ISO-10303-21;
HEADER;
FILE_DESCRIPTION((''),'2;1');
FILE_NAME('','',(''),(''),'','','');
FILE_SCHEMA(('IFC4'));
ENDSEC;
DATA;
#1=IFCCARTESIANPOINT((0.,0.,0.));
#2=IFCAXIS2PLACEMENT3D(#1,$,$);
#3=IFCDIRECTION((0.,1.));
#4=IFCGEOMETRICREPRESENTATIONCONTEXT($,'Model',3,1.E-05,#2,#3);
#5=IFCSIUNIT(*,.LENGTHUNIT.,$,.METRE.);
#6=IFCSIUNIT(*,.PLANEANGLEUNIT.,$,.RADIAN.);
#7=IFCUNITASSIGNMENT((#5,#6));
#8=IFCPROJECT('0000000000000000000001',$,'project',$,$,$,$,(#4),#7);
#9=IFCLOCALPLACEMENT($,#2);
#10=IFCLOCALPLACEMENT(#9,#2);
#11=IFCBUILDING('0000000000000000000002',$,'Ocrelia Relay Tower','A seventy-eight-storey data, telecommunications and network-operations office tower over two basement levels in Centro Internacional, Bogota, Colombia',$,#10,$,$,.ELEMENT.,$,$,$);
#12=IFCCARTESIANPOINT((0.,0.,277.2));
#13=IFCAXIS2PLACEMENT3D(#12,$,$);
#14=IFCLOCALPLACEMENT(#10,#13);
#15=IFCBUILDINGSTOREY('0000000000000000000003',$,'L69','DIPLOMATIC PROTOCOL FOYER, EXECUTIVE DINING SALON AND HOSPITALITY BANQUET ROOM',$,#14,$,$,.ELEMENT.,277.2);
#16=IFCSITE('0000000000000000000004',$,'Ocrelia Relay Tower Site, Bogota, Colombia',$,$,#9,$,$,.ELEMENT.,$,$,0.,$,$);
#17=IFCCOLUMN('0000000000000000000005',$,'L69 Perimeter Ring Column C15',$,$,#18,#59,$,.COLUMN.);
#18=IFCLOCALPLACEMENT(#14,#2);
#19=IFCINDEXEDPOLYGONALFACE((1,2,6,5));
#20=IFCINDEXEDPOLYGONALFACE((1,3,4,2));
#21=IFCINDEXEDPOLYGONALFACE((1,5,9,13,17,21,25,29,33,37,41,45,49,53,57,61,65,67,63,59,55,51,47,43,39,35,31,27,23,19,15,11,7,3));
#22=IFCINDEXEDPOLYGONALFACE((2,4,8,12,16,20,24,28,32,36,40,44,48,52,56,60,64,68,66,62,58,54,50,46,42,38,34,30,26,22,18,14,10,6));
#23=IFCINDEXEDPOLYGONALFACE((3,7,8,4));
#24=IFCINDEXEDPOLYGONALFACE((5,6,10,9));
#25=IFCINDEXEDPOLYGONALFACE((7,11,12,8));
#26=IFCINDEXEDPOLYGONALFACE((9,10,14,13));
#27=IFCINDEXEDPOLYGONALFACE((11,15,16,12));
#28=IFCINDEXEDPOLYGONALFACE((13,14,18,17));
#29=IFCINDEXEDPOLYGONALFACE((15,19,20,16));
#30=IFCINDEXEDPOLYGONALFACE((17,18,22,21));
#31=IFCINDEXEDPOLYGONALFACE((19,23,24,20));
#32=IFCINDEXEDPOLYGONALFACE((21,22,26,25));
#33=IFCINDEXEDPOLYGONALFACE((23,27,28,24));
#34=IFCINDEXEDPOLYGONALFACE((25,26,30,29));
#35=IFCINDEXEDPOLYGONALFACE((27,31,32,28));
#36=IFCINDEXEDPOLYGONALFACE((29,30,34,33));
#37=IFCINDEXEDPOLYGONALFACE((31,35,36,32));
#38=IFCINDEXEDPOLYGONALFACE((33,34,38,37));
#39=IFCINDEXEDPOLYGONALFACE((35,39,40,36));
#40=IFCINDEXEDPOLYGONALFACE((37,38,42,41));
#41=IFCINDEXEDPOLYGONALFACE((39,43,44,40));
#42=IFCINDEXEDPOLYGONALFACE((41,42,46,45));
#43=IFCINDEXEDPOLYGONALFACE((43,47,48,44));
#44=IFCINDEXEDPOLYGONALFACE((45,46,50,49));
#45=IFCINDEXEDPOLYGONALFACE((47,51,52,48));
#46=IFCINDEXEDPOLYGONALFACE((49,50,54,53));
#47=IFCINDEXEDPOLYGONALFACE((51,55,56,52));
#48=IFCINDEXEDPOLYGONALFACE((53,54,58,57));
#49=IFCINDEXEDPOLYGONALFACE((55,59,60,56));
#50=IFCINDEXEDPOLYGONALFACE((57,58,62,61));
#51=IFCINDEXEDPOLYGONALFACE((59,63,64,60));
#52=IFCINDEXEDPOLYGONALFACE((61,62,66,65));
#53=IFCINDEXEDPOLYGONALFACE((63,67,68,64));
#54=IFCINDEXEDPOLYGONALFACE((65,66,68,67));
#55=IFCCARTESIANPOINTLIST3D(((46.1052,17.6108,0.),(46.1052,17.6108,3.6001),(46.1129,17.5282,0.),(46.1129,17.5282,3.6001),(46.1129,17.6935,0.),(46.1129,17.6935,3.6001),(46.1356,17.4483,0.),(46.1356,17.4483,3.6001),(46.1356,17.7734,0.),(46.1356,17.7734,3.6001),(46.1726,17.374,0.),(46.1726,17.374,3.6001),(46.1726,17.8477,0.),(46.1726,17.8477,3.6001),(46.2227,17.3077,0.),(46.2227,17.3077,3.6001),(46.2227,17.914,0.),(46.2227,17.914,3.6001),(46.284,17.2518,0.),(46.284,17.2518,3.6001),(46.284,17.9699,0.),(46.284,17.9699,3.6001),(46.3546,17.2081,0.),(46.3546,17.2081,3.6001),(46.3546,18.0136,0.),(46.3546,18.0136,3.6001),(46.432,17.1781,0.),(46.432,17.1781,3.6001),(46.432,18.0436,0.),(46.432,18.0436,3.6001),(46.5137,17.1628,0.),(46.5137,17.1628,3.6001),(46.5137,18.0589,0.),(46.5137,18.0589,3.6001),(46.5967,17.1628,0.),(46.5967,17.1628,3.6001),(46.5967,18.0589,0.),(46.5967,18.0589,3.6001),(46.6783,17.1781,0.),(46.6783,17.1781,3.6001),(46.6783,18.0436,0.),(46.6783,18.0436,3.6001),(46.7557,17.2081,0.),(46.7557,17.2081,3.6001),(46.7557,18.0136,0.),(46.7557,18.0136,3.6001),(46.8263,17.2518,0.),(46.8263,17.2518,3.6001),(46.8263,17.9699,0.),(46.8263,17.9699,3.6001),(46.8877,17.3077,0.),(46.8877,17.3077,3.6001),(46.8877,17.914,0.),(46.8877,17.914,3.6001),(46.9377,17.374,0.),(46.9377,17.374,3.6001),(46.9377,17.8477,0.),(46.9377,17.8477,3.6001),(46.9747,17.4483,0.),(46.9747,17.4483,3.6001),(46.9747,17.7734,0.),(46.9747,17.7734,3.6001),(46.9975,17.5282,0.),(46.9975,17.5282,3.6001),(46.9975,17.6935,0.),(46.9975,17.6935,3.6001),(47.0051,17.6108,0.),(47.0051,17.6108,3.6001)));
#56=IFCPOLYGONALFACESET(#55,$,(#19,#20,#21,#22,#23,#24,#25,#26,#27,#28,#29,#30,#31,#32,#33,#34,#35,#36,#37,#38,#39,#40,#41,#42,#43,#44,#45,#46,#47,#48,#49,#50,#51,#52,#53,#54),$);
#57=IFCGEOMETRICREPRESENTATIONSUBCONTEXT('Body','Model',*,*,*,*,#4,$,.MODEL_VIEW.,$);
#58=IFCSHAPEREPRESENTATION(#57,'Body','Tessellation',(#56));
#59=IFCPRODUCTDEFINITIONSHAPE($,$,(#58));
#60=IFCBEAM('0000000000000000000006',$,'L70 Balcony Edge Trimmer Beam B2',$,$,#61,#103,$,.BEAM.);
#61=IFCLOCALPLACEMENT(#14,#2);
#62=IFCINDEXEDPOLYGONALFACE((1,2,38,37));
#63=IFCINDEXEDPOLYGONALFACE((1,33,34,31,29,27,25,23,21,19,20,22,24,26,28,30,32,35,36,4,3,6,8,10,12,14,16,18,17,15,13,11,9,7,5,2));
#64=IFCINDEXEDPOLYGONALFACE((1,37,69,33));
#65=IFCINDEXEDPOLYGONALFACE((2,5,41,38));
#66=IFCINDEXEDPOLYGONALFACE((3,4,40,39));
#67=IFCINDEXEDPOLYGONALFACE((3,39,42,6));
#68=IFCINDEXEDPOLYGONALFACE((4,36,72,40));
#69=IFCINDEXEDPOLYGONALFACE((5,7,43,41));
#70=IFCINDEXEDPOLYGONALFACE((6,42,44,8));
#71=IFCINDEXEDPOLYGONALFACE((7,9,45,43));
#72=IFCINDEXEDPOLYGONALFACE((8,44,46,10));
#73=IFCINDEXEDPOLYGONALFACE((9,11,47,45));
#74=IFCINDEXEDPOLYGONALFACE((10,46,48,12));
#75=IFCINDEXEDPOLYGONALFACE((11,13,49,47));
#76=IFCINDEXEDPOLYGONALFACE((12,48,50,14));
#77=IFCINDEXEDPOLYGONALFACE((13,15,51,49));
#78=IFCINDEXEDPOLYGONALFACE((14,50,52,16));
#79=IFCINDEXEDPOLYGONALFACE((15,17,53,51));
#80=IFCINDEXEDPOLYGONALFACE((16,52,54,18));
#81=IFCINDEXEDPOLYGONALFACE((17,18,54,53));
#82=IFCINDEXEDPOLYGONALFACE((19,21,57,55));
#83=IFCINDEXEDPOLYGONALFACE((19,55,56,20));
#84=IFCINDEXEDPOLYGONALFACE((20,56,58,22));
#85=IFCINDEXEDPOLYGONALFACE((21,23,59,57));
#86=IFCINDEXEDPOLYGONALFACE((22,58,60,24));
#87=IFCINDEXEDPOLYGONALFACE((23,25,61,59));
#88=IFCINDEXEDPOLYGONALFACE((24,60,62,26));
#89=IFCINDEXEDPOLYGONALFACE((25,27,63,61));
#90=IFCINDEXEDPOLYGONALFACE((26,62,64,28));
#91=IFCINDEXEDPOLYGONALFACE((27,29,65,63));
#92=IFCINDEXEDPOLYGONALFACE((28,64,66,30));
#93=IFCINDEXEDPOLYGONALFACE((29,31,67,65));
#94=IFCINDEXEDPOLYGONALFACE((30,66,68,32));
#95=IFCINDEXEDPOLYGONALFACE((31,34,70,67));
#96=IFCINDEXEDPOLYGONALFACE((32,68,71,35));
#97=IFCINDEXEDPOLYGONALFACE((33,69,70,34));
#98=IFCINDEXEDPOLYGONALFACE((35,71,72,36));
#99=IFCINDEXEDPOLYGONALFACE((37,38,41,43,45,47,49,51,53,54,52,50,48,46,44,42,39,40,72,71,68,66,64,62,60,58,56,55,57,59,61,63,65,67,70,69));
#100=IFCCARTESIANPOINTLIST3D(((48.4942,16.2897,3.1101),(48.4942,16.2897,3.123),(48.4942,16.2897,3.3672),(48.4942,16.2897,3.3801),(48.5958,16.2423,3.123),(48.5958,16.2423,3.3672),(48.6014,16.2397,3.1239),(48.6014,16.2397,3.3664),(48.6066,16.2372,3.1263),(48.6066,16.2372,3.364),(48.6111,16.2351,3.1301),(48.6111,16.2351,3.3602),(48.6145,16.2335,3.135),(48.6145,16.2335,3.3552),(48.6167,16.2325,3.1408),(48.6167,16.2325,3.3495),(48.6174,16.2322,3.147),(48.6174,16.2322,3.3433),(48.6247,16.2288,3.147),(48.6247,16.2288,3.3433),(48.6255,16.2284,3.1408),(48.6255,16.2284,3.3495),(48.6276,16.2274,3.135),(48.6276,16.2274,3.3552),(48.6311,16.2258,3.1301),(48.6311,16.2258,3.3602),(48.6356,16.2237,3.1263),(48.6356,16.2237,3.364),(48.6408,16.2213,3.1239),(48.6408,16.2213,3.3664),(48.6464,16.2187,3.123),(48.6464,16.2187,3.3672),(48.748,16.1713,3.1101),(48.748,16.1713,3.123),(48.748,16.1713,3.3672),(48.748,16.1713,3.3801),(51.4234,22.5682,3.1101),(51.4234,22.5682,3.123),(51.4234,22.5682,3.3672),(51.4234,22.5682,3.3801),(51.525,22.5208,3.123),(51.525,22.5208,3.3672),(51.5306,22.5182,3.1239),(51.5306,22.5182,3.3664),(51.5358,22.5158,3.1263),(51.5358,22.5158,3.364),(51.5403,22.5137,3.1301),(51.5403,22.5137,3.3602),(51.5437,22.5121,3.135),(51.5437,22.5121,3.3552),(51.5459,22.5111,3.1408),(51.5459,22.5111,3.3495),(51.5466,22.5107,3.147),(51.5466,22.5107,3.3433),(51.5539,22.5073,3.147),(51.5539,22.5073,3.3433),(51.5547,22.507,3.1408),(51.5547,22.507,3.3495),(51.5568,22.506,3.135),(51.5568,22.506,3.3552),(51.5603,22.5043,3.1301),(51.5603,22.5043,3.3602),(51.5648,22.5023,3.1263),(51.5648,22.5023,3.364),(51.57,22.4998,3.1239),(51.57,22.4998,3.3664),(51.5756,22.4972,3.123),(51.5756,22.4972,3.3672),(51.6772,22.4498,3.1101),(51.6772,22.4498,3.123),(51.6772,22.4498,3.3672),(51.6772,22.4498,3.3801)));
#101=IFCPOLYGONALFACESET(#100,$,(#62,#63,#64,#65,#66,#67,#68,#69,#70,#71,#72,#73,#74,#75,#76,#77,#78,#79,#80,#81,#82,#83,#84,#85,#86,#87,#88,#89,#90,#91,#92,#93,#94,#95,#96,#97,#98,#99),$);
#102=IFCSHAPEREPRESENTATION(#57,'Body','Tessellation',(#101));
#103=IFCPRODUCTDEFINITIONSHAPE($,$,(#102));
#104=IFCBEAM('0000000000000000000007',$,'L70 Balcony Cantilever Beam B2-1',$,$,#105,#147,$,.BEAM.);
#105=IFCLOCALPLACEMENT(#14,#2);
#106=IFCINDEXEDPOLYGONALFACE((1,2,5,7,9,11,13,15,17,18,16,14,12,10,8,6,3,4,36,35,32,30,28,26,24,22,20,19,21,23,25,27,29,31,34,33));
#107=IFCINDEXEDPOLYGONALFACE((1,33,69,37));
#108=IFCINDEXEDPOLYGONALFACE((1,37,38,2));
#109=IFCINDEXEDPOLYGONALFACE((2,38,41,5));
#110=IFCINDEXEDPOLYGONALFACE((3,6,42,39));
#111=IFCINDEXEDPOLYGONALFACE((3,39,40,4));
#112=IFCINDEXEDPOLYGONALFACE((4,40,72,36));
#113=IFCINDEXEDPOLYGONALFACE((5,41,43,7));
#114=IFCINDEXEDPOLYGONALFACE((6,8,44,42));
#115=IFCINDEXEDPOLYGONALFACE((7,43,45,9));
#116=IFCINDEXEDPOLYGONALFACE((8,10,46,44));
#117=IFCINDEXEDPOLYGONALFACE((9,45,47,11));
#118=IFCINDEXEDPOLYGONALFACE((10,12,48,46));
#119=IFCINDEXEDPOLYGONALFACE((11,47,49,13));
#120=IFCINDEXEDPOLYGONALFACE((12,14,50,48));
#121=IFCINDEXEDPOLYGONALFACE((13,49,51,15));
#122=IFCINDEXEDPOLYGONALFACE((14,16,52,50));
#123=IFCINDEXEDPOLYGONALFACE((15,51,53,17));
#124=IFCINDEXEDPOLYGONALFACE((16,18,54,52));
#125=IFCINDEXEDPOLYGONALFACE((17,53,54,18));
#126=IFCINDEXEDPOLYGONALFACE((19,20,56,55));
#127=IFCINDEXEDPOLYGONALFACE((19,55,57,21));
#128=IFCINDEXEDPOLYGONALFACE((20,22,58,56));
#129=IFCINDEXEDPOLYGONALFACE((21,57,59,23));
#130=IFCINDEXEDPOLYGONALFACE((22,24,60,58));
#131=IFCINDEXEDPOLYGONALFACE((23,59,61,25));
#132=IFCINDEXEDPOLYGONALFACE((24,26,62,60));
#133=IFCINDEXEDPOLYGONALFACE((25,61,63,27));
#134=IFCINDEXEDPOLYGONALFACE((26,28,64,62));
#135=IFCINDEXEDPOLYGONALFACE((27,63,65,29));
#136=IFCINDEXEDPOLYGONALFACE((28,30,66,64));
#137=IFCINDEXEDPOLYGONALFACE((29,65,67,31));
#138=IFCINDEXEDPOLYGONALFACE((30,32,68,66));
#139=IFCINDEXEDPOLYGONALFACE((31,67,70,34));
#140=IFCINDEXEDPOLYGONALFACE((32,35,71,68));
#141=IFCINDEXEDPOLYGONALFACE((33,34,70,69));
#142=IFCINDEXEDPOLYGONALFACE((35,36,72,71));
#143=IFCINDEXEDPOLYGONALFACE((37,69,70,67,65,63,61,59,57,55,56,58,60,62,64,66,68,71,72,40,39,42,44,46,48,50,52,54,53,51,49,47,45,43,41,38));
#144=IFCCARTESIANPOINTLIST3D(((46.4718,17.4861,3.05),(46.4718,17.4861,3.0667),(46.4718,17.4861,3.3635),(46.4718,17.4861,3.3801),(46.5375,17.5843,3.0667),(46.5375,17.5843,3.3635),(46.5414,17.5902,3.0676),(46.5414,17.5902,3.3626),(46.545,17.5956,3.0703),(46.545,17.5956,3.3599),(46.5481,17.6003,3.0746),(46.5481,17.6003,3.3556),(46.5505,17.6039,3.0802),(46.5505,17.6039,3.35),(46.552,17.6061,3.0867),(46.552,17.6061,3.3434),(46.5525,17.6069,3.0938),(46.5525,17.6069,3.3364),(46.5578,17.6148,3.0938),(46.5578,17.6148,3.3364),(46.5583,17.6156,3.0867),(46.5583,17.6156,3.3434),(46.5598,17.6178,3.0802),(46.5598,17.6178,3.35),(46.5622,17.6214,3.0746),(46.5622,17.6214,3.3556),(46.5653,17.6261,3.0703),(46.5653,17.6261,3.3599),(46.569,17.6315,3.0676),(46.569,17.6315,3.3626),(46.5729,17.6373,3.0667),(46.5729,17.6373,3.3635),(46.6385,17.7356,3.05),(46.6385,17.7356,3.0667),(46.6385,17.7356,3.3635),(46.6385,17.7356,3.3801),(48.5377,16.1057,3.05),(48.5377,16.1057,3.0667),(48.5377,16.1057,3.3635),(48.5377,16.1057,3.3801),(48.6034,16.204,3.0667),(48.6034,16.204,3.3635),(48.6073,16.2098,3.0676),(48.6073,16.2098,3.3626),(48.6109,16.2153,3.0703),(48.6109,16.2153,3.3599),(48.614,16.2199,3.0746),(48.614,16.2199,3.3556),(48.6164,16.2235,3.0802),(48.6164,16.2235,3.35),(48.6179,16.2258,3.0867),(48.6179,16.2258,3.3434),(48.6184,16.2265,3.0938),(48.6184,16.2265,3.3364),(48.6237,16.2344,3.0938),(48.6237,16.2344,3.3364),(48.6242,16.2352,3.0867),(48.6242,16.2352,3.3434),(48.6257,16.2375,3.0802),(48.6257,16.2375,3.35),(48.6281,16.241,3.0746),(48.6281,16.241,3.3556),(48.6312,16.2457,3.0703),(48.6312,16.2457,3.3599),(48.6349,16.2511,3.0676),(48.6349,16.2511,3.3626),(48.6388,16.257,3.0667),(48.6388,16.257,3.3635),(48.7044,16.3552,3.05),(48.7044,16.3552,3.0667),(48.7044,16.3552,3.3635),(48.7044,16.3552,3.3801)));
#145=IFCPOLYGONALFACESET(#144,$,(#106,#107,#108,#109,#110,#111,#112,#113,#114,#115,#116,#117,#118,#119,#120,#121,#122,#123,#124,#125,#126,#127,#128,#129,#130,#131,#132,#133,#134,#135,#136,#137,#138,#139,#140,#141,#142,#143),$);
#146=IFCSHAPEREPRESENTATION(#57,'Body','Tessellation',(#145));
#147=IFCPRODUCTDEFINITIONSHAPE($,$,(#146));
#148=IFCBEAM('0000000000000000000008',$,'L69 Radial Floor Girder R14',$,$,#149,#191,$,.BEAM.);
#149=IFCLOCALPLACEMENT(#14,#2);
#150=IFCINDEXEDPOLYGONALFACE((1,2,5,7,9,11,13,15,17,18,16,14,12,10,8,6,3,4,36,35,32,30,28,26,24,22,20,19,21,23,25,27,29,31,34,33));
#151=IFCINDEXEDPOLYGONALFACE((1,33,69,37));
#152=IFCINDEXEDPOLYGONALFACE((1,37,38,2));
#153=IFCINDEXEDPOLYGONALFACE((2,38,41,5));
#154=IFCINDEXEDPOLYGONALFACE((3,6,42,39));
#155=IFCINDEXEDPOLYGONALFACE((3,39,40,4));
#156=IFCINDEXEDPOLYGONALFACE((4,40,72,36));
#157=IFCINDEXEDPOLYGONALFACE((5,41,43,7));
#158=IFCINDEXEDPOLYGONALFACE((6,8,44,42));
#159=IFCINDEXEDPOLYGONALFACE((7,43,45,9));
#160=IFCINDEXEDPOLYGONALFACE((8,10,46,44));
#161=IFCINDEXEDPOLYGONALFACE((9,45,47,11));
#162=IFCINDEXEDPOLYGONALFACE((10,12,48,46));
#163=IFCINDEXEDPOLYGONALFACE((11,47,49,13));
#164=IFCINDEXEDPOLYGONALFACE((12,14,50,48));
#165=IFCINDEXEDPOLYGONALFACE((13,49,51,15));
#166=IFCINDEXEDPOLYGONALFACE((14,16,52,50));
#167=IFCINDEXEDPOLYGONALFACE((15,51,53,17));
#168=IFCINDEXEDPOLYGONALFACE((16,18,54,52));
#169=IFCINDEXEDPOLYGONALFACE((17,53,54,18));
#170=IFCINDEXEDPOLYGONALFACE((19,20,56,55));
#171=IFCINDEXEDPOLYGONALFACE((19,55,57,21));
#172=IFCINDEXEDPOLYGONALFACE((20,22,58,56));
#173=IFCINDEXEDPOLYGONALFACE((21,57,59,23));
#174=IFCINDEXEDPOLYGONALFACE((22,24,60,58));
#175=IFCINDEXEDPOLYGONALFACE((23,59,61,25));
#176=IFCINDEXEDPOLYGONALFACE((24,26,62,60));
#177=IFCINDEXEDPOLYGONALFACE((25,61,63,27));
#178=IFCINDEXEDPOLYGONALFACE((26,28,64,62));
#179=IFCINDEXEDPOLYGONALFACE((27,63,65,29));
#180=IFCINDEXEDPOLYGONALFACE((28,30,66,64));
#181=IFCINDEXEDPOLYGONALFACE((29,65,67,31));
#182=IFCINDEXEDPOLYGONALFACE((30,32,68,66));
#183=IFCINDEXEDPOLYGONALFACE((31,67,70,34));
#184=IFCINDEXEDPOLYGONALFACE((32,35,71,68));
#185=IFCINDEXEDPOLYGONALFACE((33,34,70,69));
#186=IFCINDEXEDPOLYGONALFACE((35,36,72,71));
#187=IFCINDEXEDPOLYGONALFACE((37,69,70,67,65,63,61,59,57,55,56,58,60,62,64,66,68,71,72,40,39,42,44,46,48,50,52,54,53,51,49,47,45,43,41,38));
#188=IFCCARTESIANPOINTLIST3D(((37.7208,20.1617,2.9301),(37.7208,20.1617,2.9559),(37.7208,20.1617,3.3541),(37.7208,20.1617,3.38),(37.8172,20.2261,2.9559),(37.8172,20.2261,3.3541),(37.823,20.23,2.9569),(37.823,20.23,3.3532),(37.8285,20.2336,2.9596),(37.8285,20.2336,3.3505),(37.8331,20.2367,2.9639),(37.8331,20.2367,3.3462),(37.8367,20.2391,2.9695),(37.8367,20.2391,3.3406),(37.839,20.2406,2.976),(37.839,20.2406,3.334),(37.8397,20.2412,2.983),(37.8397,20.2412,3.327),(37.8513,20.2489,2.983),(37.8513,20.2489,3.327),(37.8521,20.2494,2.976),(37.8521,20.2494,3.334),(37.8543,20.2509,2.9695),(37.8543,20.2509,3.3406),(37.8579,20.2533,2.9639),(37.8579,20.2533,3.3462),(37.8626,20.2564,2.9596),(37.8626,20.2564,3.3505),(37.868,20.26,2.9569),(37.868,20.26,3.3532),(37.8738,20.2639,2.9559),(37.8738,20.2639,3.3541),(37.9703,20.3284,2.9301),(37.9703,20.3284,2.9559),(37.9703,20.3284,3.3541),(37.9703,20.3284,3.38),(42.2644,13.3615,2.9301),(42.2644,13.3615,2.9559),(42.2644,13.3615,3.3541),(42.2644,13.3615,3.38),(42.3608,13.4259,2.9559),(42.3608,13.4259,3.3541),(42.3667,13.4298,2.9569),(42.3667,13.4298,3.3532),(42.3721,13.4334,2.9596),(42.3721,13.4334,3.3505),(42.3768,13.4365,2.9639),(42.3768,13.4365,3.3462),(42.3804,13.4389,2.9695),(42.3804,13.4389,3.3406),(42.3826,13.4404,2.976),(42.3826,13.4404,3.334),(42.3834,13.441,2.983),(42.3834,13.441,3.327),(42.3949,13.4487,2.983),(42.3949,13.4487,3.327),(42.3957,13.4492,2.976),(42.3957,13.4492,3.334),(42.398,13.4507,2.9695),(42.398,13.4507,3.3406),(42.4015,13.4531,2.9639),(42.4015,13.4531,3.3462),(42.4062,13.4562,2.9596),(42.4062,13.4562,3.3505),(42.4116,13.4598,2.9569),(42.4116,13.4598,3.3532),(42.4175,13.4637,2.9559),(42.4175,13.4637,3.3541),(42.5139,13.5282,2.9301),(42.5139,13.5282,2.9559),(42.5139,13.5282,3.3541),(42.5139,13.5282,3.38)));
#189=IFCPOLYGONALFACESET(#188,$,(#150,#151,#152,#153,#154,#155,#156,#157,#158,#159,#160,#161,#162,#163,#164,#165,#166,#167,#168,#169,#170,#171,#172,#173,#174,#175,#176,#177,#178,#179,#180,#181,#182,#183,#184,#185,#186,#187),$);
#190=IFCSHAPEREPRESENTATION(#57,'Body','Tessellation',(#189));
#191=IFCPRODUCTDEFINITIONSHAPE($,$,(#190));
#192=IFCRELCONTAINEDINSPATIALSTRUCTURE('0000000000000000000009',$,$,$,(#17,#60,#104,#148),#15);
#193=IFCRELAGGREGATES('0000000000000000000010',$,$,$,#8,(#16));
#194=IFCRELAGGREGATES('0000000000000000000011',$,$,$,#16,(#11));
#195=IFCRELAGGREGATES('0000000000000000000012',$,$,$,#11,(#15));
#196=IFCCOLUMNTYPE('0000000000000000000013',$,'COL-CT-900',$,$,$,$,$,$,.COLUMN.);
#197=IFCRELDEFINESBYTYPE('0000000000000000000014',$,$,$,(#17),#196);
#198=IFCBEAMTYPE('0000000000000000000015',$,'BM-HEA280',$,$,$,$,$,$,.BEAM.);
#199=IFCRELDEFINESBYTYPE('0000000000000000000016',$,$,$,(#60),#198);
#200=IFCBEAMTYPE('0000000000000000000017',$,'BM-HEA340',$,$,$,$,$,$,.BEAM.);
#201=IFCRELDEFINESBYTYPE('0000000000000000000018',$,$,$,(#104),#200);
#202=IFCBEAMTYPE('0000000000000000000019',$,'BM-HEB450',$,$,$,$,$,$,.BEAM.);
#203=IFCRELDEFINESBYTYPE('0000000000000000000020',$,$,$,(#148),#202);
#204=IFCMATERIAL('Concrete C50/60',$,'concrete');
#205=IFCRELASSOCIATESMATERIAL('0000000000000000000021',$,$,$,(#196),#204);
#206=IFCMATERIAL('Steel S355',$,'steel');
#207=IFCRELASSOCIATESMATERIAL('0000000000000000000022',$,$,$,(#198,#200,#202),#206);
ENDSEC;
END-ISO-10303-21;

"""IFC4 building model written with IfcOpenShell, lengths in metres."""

from ifc_helpers import new_model, si_unit, direction, frame, origin, origin_2d, place, context, subcontext, project, spatial, circle, i_section, extrude, material, material_profile, profile_set, type_object, element, save


model = new_model("IFC4")

# Units and contexts
model_context = context("Model", 3, precision=1e-05, world=origin(), true_north=direction((0.0, 1.0)))
body_context = subcontext(model_context, "Body", "Model", "MODEL_VIEW")
ifc_project = project(units=[si_unit("LENGTHUNIT", "METRE"), si_unit("PLANEANGLEUNIT", "RADIAN")], contexts=[model_context])

# Site, building, storey
site_placement = place(None, origin())
site = spatial("IfcSite", under=ifc_project, at=site_placement, Name="Ocrelia Relay Tower Site, Bogota, Colombia", CompositionType="ELEMENT", RefElevation=0.0)
building_placement = place(site_placement, origin())
building = spatial("IfcBuilding", under=site, at=building_placement, Name="Ocrelia Relay Tower", Description="A seventy-eight-storey data, telecommunications and network-operations office tower over two basement levels in Centro Internacional, Bogota, Colombia", CompositionType="ELEMENT")
storey_placement = place(building_placement, frame((0.0, 0.0, 277.2)))
storey = spatial("IfcBuildingStorey", under=building, at=storey_placement, Name="L69", Description="DIPLOMATIC PROTOCOL FOYER, EXECUTIVE DINING SALON AND HOSPITALITY BANQUET ROOM", CompositionType="ELEMENT", Elevation=277.2)

# Column
ifc_material_1 = material(Name="Concrete C50/60", Category="concrete")
ifc_material_profile_1 = material_profile(ifc_material_1, circle(Radius=0.45, at=origin_2d()), Name="RC-CIR-900")
ifc_profile_set_1 = profile_set([ifc_material_profile_1], Name="Concrete C50/60")
column_type = type_object("IfcColumnType", Name="COL-CT-900", PredefinedType="COLUMN", material=ifc_profile_set_1)
column_placement = place(storey_placement, frame((46.5552, 17.6108, 0.0), z_axis=(0.0, 0.0, 1.0), x_axis=(1.0, 0.0, 0.0)))
element("IfcColumn", 1, at=column_placement, inside=storey, type_object=column_type, Name="L69 Perimeter Ring Column C15", PredefinedType="COLUMN", context=body_context, shape_type="SweptSolid", body=[
    extrude(circle(Radius=0.45, at=origin_2d()), origin(), (0.0, 0.0, 1.0), 3.6001),
])

# Beams
ifc_material_2 = material(Name="Steel S355", Category="steel")
ifc_material_profile_2 = material_profile(ifc_material_2, i_section(OverallWidth=0.28, OverallDepth=0.27, WebThickness=0.0081, FlangeThickness=0.0129, FilletRadius=0.0239, at=origin_2d()), Name="HEA 280")
ifc_profile_set_2 = profile_set([ifc_material_profile_2], Name="Steel S355")
beam_type_1 = type_object("IfcBeamType", Name="BM-HEA280", PredefinedType="BEAM", material=ifc_profile_set_2)
beam_1_placement = place(storey_placement, frame((48.6211, 16.2305, 3.2451), z_axis=(0.422791, 0.906227, 0.0), x_axis=(-0.906227, 0.422791, 0.0)))
element("IfcBeam", 2, at=beam_1_placement, inside=storey, type_object=beam_type_1, Name="L70 Balcony Edge Trimmer Beam B2", PredefinedType="BEAM", context=body_context, shape_type="SweptSolid", body=[
    extrude(i_section(OverallWidth=0.28, OverallDepth=0.27, WebThickness=0.0081, FlangeThickness=0.0129, FilletRadius=0.0239, at=origin_2d()), origin(), (0.0, 0.0, 1.0), 6.9282),
])
ifc_material_profile_3 = material_profile(ifc_material_2, i_section(OverallWidth=0.3, OverallDepth=0.3301, WebThickness=0.0095, FlangeThickness=0.0166, FilletRadius=0.0271, at=origin_2d()), Name="HEA 340")
ifc_profile_set_3 = profile_set([ifc_material_profile_3], Name="Steel S355")
beam_type_2 = type_object("IfcBeamType", Name="BM-HEA340", PredefinedType="BEAM", material=ifc_profile_set_3)
beam_2_placement = place(storey_placement, frame((46.5552, 17.6108, 3.2151), z_axis=(0.831475, -0.555562, 0.0), x_axis=(0.555562, 0.831475, 0.0)))
element("IfcBeam", 3, at=beam_2_placement, inside=storey, type_object=beam_type_2, Name="L70 Balcony Cantilever Beam B2-1", PredefinedType="BEAM", context=body_context, shape_type="SweptSolid", body=[
    extrude(i_section(OverallWidth=0.3, OverallDepth=0.3301, WebThickness=0.0095, FlangeThickness=0.0166, FilletRadius=0.0271, at=origin_2d()), origin(), (0.0, 0.0, 1.0), 2.4846),
])
ifc_material_profile_4 = material_profile(ifc_material_2, i_section(OverallWidth=0.3, OverallDepth=0.45, WebThickness=0.0139, FlangeThickness=0.0259, FilletRadius=0.0271, at=origin_2d()), Name="HEB 450")
ifc_profile_set_4 = profile_set([ifc_material_profile_4], Name="Steel S355")
beam_type_3 = type_object("IfcBeamType", Name="BM-HEB450", PredefinedType="BEAM", material=ifc_profile_set_4)
beam_3_placement = place(storey_placement, frame((42.3892, 13.4448, 3.155), z_axis=(-0.555561, 0.831476, 0.0), x_axis=(-0.831476, -0.555561, 0.0)))
element("IfcBeam", 4, at=beam_3_placement, inside=storey, type_object=beam_type_3, Name="L69 Radial Floor Girder R14", PredefinedType="BEAM", context=body_context, shape_type="SweptSolid", body=[
    extrude(i_section(OverallWidth=0.3, OverallDepth=0.45, WebThickness=0.0139, FlangeThickness=0.0259, FilletRadius=0.0271, at=origin_2d()), origin(), (0.0, 0.0, 1.0), 8.1785),
])

save(model, "model.ifc")
